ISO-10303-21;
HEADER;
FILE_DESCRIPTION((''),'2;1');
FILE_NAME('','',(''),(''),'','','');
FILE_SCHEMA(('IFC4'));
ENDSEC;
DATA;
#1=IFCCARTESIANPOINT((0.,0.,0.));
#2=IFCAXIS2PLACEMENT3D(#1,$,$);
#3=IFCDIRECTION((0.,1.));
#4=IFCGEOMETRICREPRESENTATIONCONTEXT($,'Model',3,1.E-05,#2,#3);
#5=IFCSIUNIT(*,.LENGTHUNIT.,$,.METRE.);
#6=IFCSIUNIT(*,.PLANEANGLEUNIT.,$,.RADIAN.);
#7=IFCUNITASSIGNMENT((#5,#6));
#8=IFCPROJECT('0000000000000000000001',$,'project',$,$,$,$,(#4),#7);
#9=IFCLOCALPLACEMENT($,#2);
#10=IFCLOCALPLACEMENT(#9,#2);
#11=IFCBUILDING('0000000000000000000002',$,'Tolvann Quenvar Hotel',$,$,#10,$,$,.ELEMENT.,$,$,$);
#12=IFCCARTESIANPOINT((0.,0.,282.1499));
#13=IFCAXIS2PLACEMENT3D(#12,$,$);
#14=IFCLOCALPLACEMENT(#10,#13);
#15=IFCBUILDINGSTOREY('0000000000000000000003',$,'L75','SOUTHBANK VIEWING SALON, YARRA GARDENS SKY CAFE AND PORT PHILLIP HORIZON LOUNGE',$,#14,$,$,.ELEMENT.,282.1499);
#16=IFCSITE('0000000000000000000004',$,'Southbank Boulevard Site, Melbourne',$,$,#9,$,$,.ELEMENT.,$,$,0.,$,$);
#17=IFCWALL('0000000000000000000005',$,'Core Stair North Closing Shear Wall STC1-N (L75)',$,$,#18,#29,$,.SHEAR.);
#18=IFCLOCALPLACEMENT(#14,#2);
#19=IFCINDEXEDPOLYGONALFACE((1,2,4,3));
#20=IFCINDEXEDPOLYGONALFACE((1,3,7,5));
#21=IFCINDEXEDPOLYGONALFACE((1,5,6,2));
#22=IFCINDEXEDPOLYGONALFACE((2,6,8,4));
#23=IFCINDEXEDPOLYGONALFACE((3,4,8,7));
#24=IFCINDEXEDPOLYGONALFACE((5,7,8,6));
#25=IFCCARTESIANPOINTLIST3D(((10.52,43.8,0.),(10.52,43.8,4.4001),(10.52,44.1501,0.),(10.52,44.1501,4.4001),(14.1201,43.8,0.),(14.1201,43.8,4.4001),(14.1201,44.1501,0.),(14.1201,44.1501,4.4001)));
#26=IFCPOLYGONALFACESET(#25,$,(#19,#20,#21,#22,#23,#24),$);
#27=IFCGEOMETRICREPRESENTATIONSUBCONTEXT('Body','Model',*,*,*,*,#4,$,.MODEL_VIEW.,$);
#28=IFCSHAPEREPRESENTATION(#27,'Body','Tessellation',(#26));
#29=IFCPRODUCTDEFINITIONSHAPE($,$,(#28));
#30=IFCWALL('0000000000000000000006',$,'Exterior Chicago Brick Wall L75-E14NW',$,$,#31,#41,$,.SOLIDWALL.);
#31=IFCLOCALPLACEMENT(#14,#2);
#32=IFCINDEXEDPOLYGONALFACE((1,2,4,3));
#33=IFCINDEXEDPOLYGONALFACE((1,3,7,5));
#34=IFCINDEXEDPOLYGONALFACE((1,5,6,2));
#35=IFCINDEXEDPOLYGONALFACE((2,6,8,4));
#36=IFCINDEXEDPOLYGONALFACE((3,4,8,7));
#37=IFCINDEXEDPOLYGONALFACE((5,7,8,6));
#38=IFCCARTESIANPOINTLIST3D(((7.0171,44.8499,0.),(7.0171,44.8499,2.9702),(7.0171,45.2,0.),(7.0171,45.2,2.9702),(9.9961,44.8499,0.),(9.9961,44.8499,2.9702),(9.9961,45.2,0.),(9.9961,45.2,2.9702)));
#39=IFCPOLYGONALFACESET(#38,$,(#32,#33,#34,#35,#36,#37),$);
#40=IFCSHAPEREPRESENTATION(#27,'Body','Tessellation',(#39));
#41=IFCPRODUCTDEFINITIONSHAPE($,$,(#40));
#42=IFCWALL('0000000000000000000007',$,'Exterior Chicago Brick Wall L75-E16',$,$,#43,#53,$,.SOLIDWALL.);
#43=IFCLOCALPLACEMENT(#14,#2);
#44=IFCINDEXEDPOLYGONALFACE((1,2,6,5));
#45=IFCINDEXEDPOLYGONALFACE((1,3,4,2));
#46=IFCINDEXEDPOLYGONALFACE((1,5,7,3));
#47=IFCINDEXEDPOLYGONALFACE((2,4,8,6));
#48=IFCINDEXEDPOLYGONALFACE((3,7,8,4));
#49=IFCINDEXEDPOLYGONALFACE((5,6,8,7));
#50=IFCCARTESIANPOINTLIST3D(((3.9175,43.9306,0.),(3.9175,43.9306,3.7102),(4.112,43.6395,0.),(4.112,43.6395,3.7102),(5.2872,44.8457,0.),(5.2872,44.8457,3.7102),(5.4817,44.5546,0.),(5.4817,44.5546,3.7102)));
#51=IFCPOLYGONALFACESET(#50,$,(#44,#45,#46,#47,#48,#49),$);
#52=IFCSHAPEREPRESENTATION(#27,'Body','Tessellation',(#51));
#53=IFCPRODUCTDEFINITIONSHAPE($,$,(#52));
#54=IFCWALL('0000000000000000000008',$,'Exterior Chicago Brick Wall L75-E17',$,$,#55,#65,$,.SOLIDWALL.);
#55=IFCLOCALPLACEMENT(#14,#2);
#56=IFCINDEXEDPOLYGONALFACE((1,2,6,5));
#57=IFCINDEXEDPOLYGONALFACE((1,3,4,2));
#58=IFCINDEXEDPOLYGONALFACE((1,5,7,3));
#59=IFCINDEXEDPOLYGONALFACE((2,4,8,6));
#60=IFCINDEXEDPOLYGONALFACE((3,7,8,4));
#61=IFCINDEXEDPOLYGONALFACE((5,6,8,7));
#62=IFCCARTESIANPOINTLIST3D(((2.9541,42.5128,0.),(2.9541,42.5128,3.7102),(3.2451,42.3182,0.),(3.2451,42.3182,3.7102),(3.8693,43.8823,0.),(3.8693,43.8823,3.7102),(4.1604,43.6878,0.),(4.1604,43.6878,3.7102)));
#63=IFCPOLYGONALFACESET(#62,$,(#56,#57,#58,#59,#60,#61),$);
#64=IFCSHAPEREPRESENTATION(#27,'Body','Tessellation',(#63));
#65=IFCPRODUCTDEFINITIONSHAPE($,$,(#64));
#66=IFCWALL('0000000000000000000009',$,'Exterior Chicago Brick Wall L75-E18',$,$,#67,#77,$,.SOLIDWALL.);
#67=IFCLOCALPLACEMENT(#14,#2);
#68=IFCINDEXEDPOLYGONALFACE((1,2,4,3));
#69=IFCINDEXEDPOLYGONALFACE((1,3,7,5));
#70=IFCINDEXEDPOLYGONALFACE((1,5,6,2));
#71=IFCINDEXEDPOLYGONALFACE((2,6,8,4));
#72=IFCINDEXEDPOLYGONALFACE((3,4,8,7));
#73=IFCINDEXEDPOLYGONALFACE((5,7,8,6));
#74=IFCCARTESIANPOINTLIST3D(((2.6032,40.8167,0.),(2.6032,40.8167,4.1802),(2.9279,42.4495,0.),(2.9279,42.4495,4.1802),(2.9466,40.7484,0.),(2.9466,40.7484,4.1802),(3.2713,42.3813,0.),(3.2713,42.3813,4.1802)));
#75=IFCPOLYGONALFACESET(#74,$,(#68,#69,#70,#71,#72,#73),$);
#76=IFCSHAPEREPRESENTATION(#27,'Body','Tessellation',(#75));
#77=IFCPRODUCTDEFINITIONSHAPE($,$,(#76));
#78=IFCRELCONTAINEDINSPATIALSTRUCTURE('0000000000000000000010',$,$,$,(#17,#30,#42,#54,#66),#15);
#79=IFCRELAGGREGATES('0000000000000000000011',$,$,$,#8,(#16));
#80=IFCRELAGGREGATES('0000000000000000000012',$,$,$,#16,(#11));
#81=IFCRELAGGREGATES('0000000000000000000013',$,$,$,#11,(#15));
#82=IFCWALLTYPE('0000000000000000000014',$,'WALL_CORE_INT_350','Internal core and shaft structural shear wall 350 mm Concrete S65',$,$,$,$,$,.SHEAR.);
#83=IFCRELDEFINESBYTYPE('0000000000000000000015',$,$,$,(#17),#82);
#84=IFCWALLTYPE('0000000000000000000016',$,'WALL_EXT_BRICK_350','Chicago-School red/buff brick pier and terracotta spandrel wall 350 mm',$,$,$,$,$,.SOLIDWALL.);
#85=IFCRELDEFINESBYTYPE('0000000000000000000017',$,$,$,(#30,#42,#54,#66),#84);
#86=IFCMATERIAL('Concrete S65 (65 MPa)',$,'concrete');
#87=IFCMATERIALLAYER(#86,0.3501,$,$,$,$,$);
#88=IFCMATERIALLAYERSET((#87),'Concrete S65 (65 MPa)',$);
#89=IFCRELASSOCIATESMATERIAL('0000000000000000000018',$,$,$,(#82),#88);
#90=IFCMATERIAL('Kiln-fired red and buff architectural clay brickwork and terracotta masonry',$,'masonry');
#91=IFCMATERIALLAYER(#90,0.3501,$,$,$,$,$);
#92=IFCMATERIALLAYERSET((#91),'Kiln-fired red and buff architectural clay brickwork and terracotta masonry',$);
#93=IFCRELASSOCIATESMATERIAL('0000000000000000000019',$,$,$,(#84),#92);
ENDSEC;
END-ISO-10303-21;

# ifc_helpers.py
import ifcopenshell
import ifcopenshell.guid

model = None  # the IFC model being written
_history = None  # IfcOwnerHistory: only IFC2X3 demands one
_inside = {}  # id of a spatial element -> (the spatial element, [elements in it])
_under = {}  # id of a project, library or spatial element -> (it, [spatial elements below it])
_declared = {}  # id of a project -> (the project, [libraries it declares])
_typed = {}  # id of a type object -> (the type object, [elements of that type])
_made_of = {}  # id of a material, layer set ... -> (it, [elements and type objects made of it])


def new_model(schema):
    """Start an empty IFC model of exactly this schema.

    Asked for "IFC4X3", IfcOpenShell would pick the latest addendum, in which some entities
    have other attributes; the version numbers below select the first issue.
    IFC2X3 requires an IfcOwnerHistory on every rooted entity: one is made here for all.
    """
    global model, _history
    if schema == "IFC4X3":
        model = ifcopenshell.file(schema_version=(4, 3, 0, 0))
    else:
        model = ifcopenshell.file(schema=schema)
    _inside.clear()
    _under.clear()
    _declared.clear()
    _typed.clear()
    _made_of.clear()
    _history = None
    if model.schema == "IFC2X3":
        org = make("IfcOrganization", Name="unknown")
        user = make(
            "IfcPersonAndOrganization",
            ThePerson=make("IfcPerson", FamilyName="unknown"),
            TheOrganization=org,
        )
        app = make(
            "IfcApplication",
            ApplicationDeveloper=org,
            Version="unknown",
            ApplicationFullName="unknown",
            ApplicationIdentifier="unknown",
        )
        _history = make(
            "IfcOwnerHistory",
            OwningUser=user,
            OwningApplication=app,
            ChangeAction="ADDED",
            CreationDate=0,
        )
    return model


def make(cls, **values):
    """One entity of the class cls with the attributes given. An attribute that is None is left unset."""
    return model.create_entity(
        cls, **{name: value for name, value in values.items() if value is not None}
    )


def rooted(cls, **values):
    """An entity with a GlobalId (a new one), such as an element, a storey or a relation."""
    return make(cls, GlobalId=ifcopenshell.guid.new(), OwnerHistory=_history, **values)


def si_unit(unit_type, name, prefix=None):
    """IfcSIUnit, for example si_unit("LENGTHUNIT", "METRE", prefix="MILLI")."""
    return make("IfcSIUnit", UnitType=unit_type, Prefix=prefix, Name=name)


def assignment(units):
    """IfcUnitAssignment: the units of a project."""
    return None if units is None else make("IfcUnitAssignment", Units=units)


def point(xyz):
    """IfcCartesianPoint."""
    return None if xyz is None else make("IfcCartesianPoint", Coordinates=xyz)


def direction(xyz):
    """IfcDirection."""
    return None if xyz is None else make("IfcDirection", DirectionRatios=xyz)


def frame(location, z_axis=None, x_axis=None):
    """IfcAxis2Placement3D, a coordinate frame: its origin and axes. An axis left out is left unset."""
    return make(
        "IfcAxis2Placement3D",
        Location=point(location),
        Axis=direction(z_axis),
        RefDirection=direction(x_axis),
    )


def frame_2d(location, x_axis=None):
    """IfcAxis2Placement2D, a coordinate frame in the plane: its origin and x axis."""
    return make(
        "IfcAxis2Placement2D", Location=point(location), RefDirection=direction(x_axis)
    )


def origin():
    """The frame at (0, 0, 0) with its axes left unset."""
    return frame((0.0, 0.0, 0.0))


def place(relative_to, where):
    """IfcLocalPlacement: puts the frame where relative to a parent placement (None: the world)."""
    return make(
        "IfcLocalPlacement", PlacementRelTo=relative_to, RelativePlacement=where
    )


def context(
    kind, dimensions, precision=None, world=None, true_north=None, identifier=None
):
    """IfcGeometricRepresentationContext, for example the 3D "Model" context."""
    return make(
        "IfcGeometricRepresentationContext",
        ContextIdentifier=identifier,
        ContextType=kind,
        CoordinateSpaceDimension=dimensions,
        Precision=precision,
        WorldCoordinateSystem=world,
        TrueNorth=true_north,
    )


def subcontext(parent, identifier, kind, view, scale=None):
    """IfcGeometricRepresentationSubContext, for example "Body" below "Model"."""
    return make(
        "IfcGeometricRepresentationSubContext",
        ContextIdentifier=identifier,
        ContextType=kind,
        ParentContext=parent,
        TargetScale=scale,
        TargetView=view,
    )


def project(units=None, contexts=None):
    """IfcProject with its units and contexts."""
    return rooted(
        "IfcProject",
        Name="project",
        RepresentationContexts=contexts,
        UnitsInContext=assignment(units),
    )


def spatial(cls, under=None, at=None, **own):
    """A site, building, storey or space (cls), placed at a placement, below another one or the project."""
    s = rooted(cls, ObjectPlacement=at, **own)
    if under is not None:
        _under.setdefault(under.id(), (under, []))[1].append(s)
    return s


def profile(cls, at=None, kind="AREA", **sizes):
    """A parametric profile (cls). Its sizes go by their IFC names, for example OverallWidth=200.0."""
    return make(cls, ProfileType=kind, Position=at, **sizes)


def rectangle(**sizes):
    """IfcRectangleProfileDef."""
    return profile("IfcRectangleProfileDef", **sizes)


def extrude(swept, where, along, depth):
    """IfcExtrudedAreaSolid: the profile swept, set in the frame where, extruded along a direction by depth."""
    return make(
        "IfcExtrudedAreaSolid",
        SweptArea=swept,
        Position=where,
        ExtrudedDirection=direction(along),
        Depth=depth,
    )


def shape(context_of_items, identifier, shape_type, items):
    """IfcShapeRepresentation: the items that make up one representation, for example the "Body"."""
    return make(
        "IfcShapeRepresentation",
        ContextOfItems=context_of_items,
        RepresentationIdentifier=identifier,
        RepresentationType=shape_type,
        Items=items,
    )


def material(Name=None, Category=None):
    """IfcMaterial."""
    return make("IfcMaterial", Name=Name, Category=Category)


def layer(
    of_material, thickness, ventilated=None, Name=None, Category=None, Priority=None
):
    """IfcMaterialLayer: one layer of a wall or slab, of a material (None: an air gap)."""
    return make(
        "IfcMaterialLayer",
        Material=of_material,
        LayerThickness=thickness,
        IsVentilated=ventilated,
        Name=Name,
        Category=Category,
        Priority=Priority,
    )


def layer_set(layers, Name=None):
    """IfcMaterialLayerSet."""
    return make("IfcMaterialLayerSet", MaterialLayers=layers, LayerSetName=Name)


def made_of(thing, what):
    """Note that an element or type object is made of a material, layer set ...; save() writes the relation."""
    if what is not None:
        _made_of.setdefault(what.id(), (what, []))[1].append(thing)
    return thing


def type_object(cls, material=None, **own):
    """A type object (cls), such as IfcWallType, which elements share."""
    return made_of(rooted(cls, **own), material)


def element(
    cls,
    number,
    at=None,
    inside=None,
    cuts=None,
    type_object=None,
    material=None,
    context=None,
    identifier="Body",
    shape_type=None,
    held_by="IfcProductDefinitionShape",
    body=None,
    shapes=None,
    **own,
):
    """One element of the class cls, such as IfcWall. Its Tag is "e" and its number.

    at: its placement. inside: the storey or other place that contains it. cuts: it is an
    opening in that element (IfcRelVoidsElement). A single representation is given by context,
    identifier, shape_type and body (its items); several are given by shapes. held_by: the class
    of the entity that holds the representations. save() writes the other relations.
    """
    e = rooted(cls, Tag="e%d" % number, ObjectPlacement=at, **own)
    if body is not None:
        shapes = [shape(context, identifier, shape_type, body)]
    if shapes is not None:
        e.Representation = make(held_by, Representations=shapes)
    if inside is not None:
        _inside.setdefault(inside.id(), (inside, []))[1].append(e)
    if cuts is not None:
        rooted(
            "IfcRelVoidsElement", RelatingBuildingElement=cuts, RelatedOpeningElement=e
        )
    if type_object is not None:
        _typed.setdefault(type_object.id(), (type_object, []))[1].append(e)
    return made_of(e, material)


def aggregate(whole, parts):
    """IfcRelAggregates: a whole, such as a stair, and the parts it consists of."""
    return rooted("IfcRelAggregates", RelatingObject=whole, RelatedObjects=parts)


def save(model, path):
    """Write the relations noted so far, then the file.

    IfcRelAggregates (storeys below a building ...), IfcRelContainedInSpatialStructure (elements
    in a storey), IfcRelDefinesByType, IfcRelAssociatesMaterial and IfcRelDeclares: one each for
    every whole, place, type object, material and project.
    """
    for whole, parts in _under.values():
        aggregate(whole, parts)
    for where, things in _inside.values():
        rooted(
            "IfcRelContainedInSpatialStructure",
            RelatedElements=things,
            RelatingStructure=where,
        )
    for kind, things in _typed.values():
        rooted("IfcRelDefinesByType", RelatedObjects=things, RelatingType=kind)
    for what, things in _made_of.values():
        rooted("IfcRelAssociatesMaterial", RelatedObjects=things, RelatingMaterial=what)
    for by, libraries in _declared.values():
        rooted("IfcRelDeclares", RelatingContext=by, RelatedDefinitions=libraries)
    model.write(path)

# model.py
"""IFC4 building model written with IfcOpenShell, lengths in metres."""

from ifc_helpers import new_model, si_unit, direction, frame, frame_2d, origin, place, context, subcontext, project, spatial, rectangle, extrude, material, layer, layer_set, type_object, element, save


model = new_model("IFC4")

# Units and contexts
model_context = context("Model", 3, precision=1e-05, world=origin(), true_north=direction((0.0, 1.0)))
body_context = subcontext(model_context, "Body", "Model", "MODEL_VIEW")
ifc_project = project(units=[si_unit("LENGTHUNIT", "METRE"), si_unit("PLANEANGLEUNIT", "RADIAN")], contexts=[model_context])

# Site, building, storey
site_placement = place(None, origin())
site = spatial("IfcSite", under=ifc_project, at=site_placement, Name="Southbank Boulevard Site, Melbourne", CompositionType="ELEMENT", RefElevation=0.0)
building_placement = place(site_placement, origin())
building = spatial("IfcBuilding", under=site, at=building_placement, Name="Tolvann Quenvar Hotel", CompositionType="ELEMENT")
storey_placement = place(building_placement, frame((0.0, 0.0, 282.1499)))
storey = spatial("IfcBuildingStorey", under=building, at=storey_placement, Name="L75", Description="SOUTHBANK VIEWING SALON, YARRA GARDENS SKY CAFE AND PORT PHILLIP HORIZON LOUNGE", CompositionType="ELEMENT", Elevation=282.1499)

# Walls
ifc_material_1 = material(Name="Concrete S65 (65 MPa)", Category="concrete")
ifc_layer_1 = layer(ifc_material_1, 0.3501)
ifc_layer_set_1 = layer_set([ifc_layer_1], Name="Concrete S65 (65 MPa)")
wall_type_1 = type_object("IfcWallType", Name="WALL_CORE_INT_350", Description="Internal core and shaft structural shear wall 350 mm Concrete S65", PredefinedType="SHEAR", material=ifc_layer_set_1)
wall_1_placement = place(storey_placement, frame((10.52, 43.9751, 0.0), z_axis=(0.0, 0.0, 1.0), x_axis=(1.0, 0.0, 0.0)))
element("IfcWall", 1, at=wall_1_placement, inside=storey, type_object=wall_type_1, Name="Core Stair North Closing Shear Wall STC1-N (L75)", PredefinedType="SHEAR", context=body_context, shape_type="SweptSolid", body=[
    extrude(rectangle(XDim=3.6001, YDim=0.3501, at=frame_2d((1.8, 0.0))), origin(), (0.0, 0.0, 1.0), 4.4001),
])
ifc_material_2 = material(Name="Kiln-fired red and buff architectural clay brickwork and terracotta masonry", Category="masonry")
ifc_layer_2 = layer(ifc_material_2, 0.3501)
ifc_layer_set_2 = layer_set([ifc_layer_2], Name="Kiln-fired red and buff architectural clay brickwork and terracotta masonry")
wall_type_2 = type_object("IfcWallType", Name="WALL_EXT_BRICK_350", Description="Chicago-School red/buff brick pier and terracotta spandrel wall 350 mm", PredefinedType="SOLIDWALL", material=ifc_layer_set_2)
wall_2_placement = place(storey_placement, frame((9.9961, 45.0249, 0.0), z_axis=(0.0, 0.0, 1.0), x_axis=(-1.0, 0.0, 0.0)))
element("IfcWall", 2, at=wall_2_placement, inside=storey, type_object=wall_type_2, Name="Exterior Chicago Brick Wall L75-E14NW", PredefinedType="SOLIDWALL", context=body_context, shape_type="SweptSolid", body=[
    extrude(rectangle(XDim=2.979, YDim=0.3501, at=frame_2d((1.4895, 0.0))), origin(), (0.0, 0.0, 1.0), 2.9702),
])
for number, where, z_axis, x_axis, name in (
    (3, (5.3845, 44.7002, 0.0), (0.0, 0.0, 1.0), (-0.831503, -0.555521, 0.0), "Exterior Chicago Brick Wall L75-E16"),
    (4, (4.0149, 43.7852, 0.0), (0.0, 0.0, 1.0), (-0.555623, -0.831434, 0.0), "Exterior Chicago Brick Wall L75-E17"),
):
    element("IfcWall", number, at=place(storey_placement, frame(where, z_axis=z_axis, x_axis=x_axis)), inside=storey, type_object=wall_type_2, Name=name, PredefinedType="SOLIDWALL", context=body_context, shape_type="SweptSolid", body=[
        extrude(rectangle(XDim=1.6472, YDim=0.3501, at=frame_2d((0.8237, 0.0))), origin(), (0.0, 0.0, 1.0), 3.7102),
    ])
wall_3_placement = place(storey_placement, frame((3.0996, 42.4155, 0.0), z_axis=(0.0, 0.0, 1.0), x_axis=(-0.195044, -0.980794, 0.0)))
element("IfcWall", 5, at=wall_3_placement, inside=storey, type_object=wall_type_2, Name="Exterior Chicago Brick Wall L75-E18", PredefinedType="SOLIDWALL", context=body_context, shape_type="SweptSolid", body=[
    extrude(rectangle(XDim=1.6648, YDim=0.3501, at=frame_2d((0.8325, 0.0))), origin(), (0.0, 0.0, 1.0), 4.1802),
])

save(model, "model.ifc")
